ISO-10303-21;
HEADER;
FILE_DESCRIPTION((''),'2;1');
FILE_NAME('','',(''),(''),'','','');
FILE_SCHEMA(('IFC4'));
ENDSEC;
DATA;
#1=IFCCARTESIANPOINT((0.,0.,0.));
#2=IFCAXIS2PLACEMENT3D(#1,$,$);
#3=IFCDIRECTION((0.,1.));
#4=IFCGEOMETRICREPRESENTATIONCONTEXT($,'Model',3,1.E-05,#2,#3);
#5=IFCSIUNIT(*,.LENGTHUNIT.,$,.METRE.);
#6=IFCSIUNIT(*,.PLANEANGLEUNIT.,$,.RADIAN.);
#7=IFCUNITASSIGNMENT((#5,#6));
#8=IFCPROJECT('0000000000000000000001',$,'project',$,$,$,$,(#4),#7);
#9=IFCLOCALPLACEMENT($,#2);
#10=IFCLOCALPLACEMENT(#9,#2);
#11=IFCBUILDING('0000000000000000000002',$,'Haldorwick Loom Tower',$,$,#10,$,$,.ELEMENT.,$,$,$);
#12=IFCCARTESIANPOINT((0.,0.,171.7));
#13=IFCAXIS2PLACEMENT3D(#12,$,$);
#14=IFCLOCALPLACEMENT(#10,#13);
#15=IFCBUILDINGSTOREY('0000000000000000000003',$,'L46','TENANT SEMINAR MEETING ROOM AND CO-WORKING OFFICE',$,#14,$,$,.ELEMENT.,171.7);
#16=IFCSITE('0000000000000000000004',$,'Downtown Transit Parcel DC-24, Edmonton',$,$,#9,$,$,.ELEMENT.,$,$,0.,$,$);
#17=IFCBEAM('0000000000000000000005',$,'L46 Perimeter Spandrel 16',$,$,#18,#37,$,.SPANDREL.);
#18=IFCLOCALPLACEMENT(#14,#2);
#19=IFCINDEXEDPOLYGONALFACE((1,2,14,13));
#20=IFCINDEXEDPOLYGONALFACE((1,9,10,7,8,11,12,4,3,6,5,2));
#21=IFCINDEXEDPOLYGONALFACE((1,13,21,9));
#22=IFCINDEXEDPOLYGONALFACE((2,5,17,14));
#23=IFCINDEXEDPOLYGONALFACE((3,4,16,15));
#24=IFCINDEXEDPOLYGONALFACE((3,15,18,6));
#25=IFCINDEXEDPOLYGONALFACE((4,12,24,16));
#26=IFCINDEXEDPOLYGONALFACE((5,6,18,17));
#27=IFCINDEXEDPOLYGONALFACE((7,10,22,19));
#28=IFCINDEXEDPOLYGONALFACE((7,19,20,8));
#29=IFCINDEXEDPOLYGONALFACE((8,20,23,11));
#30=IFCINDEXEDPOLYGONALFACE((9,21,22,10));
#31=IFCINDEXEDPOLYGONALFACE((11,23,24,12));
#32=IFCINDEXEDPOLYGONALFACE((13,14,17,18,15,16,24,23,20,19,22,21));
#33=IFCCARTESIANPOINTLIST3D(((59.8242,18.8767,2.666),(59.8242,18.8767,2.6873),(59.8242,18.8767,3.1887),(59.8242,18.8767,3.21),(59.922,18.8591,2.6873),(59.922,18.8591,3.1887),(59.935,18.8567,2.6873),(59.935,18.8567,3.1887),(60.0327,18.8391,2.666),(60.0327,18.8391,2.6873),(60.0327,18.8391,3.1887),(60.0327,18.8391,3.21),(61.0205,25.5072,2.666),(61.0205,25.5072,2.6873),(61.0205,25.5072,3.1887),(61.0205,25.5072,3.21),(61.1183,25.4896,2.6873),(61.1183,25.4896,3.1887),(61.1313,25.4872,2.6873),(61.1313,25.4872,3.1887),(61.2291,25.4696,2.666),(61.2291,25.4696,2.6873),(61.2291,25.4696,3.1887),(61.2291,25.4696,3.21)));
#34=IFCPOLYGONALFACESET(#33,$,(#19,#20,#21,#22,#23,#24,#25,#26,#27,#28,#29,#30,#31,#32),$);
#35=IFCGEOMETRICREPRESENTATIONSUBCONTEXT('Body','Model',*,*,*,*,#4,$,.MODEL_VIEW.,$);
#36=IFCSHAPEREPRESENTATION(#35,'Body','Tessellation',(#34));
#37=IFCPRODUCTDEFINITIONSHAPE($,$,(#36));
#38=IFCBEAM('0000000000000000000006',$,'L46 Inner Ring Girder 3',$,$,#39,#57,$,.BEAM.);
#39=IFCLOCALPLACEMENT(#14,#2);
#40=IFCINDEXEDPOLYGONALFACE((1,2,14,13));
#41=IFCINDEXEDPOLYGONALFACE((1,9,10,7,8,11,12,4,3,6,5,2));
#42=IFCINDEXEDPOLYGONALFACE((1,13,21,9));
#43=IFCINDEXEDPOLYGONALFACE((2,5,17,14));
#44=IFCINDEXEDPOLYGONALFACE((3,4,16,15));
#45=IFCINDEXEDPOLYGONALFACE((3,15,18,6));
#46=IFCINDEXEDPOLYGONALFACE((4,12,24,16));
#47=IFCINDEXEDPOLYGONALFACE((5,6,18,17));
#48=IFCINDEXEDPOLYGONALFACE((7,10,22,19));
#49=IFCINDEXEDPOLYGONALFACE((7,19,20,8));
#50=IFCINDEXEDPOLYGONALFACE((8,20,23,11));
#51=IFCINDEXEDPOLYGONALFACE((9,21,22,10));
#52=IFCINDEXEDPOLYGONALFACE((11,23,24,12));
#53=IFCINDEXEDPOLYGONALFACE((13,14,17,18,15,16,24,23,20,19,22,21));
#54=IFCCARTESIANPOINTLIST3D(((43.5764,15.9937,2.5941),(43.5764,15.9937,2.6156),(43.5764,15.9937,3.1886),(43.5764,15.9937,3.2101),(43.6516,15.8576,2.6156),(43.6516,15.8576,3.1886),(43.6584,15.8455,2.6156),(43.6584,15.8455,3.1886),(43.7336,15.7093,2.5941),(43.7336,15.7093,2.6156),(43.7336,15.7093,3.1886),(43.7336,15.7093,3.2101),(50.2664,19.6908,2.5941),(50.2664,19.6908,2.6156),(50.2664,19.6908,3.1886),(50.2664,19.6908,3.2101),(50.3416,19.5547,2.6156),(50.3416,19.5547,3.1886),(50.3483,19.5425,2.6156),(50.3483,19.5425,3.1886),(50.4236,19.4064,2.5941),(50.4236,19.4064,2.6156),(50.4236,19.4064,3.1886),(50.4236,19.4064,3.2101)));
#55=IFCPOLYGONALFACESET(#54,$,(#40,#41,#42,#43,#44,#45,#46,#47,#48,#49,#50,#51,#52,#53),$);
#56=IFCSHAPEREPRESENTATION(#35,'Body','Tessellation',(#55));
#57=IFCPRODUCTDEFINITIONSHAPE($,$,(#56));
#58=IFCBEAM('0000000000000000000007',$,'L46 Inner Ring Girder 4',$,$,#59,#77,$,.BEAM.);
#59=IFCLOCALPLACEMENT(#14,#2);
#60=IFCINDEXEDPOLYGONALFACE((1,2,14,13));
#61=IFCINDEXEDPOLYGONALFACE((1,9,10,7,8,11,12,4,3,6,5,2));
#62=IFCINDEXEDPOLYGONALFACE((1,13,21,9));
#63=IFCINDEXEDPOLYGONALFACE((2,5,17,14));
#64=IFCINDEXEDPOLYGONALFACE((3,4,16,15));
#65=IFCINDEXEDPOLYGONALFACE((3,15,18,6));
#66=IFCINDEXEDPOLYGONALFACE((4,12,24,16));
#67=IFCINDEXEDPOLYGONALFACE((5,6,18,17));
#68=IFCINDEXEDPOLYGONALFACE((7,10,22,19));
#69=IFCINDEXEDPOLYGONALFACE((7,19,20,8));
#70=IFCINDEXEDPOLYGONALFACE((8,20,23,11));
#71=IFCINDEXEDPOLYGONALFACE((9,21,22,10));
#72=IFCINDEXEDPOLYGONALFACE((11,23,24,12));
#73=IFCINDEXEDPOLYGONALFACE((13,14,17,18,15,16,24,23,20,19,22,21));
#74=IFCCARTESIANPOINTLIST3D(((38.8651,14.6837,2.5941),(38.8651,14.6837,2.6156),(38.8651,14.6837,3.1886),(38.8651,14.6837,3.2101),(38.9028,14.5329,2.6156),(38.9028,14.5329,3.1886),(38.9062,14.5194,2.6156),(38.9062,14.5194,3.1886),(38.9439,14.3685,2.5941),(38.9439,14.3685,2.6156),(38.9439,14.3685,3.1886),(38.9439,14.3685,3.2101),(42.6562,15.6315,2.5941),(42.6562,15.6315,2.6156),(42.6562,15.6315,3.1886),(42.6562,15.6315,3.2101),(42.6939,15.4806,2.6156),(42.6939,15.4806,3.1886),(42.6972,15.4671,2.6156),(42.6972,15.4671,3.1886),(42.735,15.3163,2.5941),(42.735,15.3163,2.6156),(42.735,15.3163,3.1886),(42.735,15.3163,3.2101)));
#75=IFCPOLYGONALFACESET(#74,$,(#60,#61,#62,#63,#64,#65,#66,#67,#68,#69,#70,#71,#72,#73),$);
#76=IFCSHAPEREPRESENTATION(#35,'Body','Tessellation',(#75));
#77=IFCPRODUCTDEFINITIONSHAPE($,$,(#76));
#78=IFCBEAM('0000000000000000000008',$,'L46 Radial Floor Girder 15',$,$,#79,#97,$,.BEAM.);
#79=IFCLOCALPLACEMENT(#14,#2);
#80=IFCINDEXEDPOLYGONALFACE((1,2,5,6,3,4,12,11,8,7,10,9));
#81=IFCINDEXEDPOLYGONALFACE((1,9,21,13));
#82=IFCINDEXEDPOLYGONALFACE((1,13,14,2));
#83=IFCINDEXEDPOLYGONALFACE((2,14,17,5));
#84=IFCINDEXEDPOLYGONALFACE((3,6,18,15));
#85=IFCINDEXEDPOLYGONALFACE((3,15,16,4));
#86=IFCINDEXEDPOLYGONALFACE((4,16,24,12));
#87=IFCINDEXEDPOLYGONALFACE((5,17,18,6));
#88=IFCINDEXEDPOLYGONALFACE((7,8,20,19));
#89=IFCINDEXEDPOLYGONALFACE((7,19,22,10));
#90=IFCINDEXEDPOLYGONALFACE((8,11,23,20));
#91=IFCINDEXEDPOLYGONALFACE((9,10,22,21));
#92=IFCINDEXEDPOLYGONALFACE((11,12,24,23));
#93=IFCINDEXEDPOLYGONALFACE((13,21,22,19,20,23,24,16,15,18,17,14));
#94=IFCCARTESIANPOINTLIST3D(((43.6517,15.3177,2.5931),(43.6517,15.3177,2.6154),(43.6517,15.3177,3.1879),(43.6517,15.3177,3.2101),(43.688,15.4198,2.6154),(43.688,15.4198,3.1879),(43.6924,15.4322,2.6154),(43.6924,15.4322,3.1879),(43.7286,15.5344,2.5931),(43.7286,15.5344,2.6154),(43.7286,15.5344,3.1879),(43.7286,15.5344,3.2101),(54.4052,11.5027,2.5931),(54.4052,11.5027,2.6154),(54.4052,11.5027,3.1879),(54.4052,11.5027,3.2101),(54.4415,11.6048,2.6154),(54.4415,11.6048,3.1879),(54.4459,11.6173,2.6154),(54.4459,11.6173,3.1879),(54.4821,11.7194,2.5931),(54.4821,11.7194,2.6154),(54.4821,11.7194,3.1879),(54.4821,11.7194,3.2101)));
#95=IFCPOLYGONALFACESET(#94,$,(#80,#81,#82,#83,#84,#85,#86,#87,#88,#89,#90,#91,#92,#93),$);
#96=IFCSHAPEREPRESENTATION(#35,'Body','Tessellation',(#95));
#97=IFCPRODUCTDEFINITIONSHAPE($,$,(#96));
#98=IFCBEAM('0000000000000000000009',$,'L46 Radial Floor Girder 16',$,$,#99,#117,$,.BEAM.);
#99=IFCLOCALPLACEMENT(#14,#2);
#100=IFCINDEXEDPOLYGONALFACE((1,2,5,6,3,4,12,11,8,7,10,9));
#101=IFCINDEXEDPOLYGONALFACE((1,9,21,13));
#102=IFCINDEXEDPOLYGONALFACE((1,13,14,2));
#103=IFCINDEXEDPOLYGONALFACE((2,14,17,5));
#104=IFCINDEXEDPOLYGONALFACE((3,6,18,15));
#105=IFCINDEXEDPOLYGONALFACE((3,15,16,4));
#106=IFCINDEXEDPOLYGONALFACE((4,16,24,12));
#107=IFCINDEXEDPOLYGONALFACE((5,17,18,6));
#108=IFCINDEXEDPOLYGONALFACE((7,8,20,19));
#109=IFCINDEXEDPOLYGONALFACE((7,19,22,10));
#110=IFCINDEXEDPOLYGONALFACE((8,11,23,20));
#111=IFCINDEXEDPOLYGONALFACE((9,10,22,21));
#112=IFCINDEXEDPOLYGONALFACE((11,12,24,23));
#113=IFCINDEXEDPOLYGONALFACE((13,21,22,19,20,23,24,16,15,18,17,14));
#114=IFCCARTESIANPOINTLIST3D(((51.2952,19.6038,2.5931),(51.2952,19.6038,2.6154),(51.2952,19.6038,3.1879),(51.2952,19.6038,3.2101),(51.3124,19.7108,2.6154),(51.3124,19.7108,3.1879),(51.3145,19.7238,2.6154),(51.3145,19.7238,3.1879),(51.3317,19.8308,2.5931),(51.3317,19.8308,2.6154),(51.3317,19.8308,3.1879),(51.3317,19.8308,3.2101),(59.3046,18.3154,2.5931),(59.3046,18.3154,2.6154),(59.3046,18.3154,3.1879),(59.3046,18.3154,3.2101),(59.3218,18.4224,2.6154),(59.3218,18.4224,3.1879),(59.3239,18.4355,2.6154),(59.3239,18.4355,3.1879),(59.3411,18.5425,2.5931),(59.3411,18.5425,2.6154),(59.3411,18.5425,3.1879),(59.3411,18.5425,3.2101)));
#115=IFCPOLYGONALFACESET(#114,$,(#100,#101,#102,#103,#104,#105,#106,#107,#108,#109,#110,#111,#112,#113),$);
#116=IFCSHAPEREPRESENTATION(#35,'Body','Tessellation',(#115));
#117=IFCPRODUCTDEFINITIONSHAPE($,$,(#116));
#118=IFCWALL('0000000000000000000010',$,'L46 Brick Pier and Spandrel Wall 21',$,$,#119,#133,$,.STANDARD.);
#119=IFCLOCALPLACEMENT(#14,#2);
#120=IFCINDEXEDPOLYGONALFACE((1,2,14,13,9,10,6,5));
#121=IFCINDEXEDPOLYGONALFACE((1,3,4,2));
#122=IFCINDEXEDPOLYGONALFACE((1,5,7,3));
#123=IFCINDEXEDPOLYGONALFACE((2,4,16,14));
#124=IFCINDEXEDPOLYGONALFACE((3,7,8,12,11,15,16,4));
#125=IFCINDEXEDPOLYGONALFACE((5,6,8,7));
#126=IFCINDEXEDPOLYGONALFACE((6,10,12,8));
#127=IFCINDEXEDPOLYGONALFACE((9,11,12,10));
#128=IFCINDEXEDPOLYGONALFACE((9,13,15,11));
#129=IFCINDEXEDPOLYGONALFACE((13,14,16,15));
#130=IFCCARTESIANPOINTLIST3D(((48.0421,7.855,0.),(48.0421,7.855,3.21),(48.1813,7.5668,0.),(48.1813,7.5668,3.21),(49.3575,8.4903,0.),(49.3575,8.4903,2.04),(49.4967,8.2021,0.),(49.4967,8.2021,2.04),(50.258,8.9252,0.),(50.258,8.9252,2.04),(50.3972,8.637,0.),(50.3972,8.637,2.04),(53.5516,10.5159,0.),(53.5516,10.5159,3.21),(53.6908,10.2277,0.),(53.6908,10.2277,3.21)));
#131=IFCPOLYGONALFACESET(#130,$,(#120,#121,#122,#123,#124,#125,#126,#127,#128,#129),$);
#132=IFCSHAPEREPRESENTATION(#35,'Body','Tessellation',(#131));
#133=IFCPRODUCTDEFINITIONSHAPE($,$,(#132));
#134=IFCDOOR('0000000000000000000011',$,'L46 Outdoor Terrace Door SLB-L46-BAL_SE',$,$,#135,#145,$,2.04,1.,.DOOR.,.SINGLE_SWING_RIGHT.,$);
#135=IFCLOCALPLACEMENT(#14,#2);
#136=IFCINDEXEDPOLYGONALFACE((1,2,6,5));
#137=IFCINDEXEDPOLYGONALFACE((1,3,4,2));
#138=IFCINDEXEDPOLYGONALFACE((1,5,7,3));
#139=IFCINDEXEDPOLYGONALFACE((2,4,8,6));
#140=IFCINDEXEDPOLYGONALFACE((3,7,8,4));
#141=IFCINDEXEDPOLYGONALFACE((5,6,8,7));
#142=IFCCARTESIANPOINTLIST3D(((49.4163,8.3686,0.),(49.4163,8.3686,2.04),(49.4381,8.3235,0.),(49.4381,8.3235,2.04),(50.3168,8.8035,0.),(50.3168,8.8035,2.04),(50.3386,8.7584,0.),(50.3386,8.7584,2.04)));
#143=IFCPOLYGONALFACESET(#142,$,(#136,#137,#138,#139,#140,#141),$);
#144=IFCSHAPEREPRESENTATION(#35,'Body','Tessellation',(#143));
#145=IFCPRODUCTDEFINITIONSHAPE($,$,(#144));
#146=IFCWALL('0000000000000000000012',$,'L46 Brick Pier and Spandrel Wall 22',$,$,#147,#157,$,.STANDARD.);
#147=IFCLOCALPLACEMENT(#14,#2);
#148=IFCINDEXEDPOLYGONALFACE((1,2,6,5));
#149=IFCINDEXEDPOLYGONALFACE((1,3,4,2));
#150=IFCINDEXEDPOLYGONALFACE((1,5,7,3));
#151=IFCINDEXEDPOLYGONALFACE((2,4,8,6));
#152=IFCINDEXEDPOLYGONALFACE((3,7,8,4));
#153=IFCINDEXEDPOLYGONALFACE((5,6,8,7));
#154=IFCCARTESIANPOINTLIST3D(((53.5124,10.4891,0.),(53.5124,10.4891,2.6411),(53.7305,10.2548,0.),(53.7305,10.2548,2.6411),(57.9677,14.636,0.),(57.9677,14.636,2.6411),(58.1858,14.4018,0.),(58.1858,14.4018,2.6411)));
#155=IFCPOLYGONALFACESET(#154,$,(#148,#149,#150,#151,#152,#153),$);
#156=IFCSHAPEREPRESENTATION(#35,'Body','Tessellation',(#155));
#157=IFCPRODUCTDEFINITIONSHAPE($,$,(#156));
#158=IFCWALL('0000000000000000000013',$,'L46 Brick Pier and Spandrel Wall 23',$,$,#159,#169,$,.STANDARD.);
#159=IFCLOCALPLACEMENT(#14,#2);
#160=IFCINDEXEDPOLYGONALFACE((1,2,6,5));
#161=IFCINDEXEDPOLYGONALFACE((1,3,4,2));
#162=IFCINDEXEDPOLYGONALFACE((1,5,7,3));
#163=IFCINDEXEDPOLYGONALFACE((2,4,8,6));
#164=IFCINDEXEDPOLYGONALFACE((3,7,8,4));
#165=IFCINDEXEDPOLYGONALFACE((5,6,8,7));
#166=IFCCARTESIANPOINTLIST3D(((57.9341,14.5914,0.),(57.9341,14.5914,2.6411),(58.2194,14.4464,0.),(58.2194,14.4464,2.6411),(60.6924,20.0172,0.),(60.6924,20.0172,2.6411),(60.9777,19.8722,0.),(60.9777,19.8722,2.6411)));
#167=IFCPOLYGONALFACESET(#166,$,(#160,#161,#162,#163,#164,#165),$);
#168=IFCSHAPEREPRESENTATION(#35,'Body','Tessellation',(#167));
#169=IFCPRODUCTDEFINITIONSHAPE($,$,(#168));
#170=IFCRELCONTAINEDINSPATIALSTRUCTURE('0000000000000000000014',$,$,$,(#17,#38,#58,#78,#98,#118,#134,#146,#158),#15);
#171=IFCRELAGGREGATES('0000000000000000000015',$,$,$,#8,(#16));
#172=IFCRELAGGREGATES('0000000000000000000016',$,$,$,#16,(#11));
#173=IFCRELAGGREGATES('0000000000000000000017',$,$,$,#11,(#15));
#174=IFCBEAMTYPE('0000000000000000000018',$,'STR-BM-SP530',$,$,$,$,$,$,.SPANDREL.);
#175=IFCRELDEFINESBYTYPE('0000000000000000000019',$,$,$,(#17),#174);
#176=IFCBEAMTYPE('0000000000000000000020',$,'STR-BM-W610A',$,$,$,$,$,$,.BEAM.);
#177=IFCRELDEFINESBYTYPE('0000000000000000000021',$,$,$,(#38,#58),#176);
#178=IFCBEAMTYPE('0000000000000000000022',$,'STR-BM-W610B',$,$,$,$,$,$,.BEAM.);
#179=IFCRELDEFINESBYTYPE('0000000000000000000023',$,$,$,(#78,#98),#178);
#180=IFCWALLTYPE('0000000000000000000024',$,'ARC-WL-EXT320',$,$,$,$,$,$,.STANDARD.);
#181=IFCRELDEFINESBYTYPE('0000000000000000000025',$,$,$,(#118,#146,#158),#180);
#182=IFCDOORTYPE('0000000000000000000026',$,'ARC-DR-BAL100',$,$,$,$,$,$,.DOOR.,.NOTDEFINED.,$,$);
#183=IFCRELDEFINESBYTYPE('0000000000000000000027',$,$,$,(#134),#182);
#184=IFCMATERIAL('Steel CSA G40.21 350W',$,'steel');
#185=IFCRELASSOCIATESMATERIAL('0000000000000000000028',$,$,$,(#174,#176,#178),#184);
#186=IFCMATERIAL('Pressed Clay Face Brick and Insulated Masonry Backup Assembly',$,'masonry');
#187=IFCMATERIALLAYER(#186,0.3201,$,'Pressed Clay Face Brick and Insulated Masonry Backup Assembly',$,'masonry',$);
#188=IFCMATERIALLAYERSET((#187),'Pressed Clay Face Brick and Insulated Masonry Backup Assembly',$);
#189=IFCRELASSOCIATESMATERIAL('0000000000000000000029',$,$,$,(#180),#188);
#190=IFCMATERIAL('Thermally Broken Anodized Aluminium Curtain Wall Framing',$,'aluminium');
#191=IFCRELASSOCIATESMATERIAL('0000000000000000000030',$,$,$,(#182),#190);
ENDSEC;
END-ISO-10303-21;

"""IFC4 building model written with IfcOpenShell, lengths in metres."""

from ifc_helpers import new_model, si_unit, direction, frame, frame_2d, origin, origin_2d, place, context, subcontext, project, spatial, rectangle, i_section, extrude, material, layer, layer_set, material_profile, profile_set, type_object, element, fill, save


model = new_model("IFC4")

# Units and contexts
model_context = context("Model", 3, precision=1e-05, world=origin(), true_north=direction((0.0, 1.0)))
body_context = subcontext(model_context, "Body", "Model", "MODEL_VIEW")
ifc_project = project(units=[si_unit("LENGTHUNIT", "METRE"), si_unit("PLANEANGLEUNIT", "RADIAN")], contexts=[model_context])

# Site, building, storey
site_placement = place(None, origin())
site = spatial("IfcSite", under=ifc_project, at=site_placement, Name="Downtown Transit Parcel DC-24, Edmonton", CompositionType="ELEMENT", RefElevation=0.0)
building_placement = place(site_placement, origin())
building = spatial("IfcBuilding", under=site, at=building_placement, Name="Haldorwick Loom Tower", CompositionType="ELEMENT")
storey_placement = place(building_placement, frame((0.0, 0.0, 171.7)))
storey = spatial("IfcBuildingStorey", under=building, at=storey_placement, Name="L46", Description="TENANT SEMINAR MEETING ROOM AND CO-WORKING OFFICE", CompositionType="ELEMENT", Elevation=171.7)

# Beams
ifc_material_1 = material(Name="Steel CSA G40.21 350W", Category="steel")
ifc_material_profile_1 = material_profile(ifc_material_1, i_section(OverallWidth=0.2119, OverallDepth=0.5439, WebThickness=0.0132, FlangeThickness=0.0212, at=origin_2d()), Name="W530X123", Category="steel")
ifc_profile_set_1 = profile_set([ifc_material_profile_1], Name="Steel CSA G40.21 350W")
beam_type_1 = type_object("IfcBeamType", Name="STR-BM-SP530", PredefinedType="SPANDREL", material=ifc_profile_set_1)
beam_1_placement = place(storey_placement, frame((59.9285, 18.8579, 2.938), z_axis=(0.177559, 0.98411, 0.0), x_axis=(-0.98411, 0.177559, 0.0)))
element("IfcBeam", 1, at=beam_1_placement, inside=storey, type_object=beam_type_1, Name="L46 Perimeter Spandrel 16", PredefinedType="SPANDREL", context=body_context, shape_type="SweptSolid", body=[
    extrude(i_section(OverallWidth=0.2119, OverallDepth=0.5439, WebThickness=0.0132, FlangeThickness=0.0212, at=origin_2d()), origin(), (0.0, 0.0, 1.0), 6.7375),
])
ifc_material_profile_2 = material_profile(ifc_material_1, i_section(OverallWidth=0.325, OverallDepth=0.616, WebThickness=0.0139, FlangeThickness=0.0215, at=origin_2d()), Name="W610X174", Category="steel")
ifc_profile_set_2 = profile_set([ifc_material_profile_2], Name="Steel CSA G40.21 350W")
beam_type_2 = type_object("IfcBeamType", Name="STR-BM-W610A", PredefinedType="BEAM", material=ifc_profile_set_2)
beam_2_placement = place(storey_placement, frame((50.345, 19.5486, 2.9021), z_axis=(-0.875244, -0.483681, 0.0), x_axis=(0.483681, -0.875244, 0.0)))
element("IfcBeam", 2, at=beam_2_placement, inside=storey, type_object=beam_type_2, Name="L46 Inner Ring Girder 3", PredefinedType="BEAM", context=body_context, shape_type="SweptSolid", body=[
    extrude(i_section(OverallWidth=0.325, OverallDepth=0.616, WebThickness=0.0139, FlangeThickness=0.0215, at=origin_2d()), origin(), (0.0, 0.0, 1.0), 7.6436),
])
beam_3_placement = place(storey_placement, frame((42.6956, 15.4739, 2.9021), z_axis=(-0.970143, -0.242536, 0.0), x_axis=(0.242536, -0.970143, 0.0)))
element("IfcBeam", 3, at=beam_3_placement, inside=storey, type_object=beam_type_2, Name="L46 Inner Ring Girder 4", PredefinedType="BEAM", context=body_context, shape_type="SweptSolid", body=[
    extrude(i_section(OverallWidth=0.325, OverallDepth=0.616, WebThickness=0.0139, FlangeThickness=0.0215, at=origin_2d()), origin(), (0.0, 0.0, 1.0), 3.9077),
])
ifc_material_profile_3 = material_profile(ifc_material_1, i_section(OverallWidth=0.23, OverallDepth=0.6169, WebThickness=0.0132, FlangeThickness=0.0222, at=origin_2d()), Name="W610X140", Category="steel")
ifc_profile_set_3 = profile_set([ifc_material_profile_3], Name="Steel CSA G40.21 350W")
beam_type_3 = type_object("IfcBeamType", Name="STR-BM-W610B", PredefinedType="BEAM", material=ifc_profile_set_3)
beam_4_placement = place(storey_placement, frame((43.6902, 15.426, 2.9016), z_axis=(0.942449, -0.334349, 0.0), x_axis=(0.334349, 0.942449, 0.0)))
element("IfcBeam", 4, at=beam_4_placement, inside=storey, type_object=beam_type_3, Name="L46 Radial Floor Girder 15", PredefinedType="BEAM", context=body_context, shape_type="SweptSolid", body=[
    extrude(i_section(OverallWidth=0.23, OverallDepth=0.6169, WebThickness=0.0132, FlangeThickness=0.0222, at=origin_2d()), origin(), (0.0, 0.0, 1.0), 11.4102),
])
beam_5_placement = place(storey_placement, frame((51.3135, 19.7173, 2.9016), z_axis=(0.987309, -0.158813, 0.0), x_axis=(0.158813, 0.987309, 0.0)))
element("IfcBeam", 5, at=beam_5_placement, inside=storey, type_object=beam_type_3, Name="L46 Radial Floor Girder 16", PredefinedType="BEAM", context=body_context, shape_type="SweptSolid", body=[
    extrude(i_section(OverallWidth=0.23, OverallDepth=0.6169, WebThickness=0.0132, FlangeThickness=0.0222, at=origin_2d()), origin(), (0.0, 0.0, 1.0), 8.1123),
])

# Wall, opening, door
ifc_material_2 = material(Name="Pressed Clay Face Brick and Insulated Masonry Backup Assembly", Category="masonry")
ifc_layer_1 = layer(ifc_material_2, 0.3201, Name="Pressed Clay Face Brick and Insulated Masonry Backup Assembly", Category="masonry")
ifc_layer_set_1 = layer_set([ifc_layer_1], Name="Pressed Clay Face Brick and Insulated Masonry Backup Assembly")
wall_type_1 = type_object("IfcWallType", Name="ARC-WL-EXT320", PredefinedType="STANDARD", material=ifc_layer_set_1)
wall_1_placement = place(storey_placement, frame((48.1118, 7.7109, 0.0), z_axis=(0.0, 0.0, 1.0), x_axis=(0.90048, 0.434897, 0.0)))
wall_1 = element("IfcWall", 6, at=wall_1_placement, inside=storey, type_object=wall_type_1, Name="L46 Brick Pier and Spandrel Wall 21", PredefinedType="STANDARD", context=body_context, shape_type="SweptSolid", body=[
    extrude(rectangle(XDim=6.1184, YDim=0.3201, at=frame_2d((3.0591, 0.0))), origin(), (0.0, 0.0, 1.0), 3.21),
])
opening_1_placement = place(wall_1_placement, frame((1.4607, 0.0, 0.0)))
opening_1 = element("IfcOpeningElement", 7, at=opening_1_placement, cuts=wall_1, PredefinedType="OPENING", context=body_context, shape_type="SweptSolid", body=[
    extrude(rectangle(XDim=1.0, YDim=2.04, at=frame_2d((0.5, 1.02))), frame((0.0, 0.1699, 0.0), z_axis=(0.0, -1.0, 0.0), x_axis=(1.0, 0.0, 0.0)), (0.0, 0.0, 1.0), 0.3401),
])
ifc_material_3 = material(Name="Thermally Broken Anodized Aluminium Curtain Wall Framing", Category="aluminium")
door_type = type_object("IfcDoorType", Name="ARC-DR-BAL100", OperationType="NOTDEFINED", PredefinedType="DOOR", material=ifc_material_3)
door_placement = place(opening_1_placement, origin())
door = element("IfcDoor", 8, at=door_placement, inside=storey, type_object=door_type, Name="L46 Outdoor Terrace Door SLB-L46-BAL_SE", OperationType="SINGLE_SWING_RIGHT", OverallHeight=2.04, OverallWidth=1.0, PredefinedType="DOOR", context=body_context, shape_type="SweptSolid", body=[
    extrude(rectangle(XDim=1.0, YDim=2.04, at=frame_2d((0.5, 1.02))), frame((0.0, 0.0249, 0.0), z_axis=(0.0, -1.0, 0.0), x_axis=(1.0, 0.0, 0.0)), (0.0, 0.0, 1.0), 0.05),
])
fill(opening_1, door)

# Walls
for number, where, z_axis, x_axis, name in (
    (9, (53.6213, 10.3718, 0.0), (0.0, 0.0, 1.0), (0.731983, 0.681323, 0.0), "L46 Brick Pier and Spandrel Wall 22"),
    (10, (58.0767, 14.5188, 0.0), (0.0, 0.0, 1.0), (0.453172, 0.891423, 0.0), "L46 Brick Pier and Spandrel Wall 23"),
):
    element("IfcWall", number, at=place(storey_placement, frame(where, z_axis=z_axis, x_axis=x_axis)), inside=storey, type_object=wall_type_1, Name=name, PredefinedType="STANDARD", context=body_context, shape_type="SweptSolid", body=[
        extrude(rectangle(XDim=6.0867, YDim=0.3201, at=frame_2d((3.0435, 0.0))), origin(), (0.0, 0.0, 1.0), 2.6411),
    ])

save(model, "model.ifc")
